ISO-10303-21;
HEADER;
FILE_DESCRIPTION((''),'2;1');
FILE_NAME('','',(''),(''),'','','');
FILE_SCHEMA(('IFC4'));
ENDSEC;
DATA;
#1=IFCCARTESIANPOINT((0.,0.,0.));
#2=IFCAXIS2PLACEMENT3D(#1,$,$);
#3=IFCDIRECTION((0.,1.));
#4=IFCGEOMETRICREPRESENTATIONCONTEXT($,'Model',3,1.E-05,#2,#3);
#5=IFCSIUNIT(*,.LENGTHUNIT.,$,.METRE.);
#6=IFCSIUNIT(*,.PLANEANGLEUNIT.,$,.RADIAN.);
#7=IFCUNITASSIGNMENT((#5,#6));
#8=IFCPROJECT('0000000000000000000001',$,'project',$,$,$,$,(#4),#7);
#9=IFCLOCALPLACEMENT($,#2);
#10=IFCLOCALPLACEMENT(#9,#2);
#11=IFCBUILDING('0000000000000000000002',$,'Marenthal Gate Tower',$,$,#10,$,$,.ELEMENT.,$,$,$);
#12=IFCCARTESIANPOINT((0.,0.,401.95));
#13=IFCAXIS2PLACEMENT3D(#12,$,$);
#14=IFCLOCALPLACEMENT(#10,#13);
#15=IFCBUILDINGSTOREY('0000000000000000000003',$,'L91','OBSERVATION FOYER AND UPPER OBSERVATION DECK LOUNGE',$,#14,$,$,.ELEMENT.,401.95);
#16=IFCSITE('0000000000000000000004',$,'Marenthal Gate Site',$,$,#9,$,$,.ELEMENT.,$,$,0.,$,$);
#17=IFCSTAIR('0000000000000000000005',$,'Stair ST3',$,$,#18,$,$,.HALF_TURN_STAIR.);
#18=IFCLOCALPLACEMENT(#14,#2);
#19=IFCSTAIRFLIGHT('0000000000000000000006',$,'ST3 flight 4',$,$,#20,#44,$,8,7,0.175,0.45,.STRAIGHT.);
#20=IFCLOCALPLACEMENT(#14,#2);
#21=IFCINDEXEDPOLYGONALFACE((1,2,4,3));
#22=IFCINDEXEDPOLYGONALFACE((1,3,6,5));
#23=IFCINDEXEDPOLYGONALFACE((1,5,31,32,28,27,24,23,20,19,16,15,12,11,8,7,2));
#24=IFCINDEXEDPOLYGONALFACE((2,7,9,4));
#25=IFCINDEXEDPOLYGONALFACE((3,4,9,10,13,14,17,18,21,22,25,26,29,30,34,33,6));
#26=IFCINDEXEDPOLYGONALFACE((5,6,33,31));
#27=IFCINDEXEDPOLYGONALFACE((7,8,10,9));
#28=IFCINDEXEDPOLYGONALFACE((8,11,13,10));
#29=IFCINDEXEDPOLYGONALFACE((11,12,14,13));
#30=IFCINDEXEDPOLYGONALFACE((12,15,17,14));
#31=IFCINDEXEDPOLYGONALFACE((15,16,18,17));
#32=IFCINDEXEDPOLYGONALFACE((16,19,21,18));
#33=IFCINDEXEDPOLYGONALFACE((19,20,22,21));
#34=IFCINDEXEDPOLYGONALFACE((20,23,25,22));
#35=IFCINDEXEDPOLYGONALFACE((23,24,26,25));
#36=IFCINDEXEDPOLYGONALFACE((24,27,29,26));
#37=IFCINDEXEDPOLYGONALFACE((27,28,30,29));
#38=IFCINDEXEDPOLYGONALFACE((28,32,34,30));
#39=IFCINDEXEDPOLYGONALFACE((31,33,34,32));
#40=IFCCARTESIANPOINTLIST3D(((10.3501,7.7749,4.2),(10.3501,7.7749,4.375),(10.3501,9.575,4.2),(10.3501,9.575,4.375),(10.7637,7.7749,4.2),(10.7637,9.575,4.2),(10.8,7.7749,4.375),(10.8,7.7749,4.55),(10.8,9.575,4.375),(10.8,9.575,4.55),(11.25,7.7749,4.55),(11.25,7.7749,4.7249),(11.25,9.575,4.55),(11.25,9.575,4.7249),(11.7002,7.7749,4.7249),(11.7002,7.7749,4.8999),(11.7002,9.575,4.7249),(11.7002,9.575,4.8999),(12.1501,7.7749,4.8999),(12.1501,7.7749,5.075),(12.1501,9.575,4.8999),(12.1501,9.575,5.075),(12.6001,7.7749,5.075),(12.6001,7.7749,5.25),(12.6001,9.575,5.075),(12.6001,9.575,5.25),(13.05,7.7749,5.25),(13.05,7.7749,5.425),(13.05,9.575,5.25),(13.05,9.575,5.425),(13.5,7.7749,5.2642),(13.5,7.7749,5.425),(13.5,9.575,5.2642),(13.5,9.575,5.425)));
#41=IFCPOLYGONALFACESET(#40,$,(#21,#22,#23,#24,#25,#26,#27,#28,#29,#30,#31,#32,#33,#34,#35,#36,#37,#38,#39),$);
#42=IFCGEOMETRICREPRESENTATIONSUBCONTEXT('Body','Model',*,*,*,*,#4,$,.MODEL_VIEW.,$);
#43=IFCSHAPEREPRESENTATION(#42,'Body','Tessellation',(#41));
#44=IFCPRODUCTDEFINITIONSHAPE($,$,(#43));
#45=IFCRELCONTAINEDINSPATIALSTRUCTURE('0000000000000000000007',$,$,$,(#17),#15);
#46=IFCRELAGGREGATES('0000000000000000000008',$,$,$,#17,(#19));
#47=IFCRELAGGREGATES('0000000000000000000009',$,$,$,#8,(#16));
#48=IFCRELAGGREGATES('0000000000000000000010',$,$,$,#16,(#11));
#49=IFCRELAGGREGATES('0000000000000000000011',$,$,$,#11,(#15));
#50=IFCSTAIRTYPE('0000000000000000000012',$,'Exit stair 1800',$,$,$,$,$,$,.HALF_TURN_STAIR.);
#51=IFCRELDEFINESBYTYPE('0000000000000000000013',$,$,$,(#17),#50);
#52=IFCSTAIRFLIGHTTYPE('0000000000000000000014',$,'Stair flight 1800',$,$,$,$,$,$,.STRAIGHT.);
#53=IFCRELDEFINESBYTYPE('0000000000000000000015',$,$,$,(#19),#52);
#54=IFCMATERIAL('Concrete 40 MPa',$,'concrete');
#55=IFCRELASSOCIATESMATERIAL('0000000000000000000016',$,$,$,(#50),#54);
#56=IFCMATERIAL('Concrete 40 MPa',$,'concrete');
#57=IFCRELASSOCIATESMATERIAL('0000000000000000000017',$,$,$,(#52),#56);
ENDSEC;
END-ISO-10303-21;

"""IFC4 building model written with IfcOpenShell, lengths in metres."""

from ifc_helpers import new_model, si_unit, direction, frame, origin, place, context, subcontext, project, spatial, polyline, outline, extrude, material, type_object, element, aggregate, save


model = new_model("IFC4")

# Units and contexts
model_context = context("Model", 3, precision=1e-05, world=origin(), true_north=direction((0.0, 1.0)))
body_context = subcontext(model_context, "Body", "Model", "MODEL_VIEW")
ifc_project = project(units=[si_unit("LENGTHUNIT", "METRE"), si_unit("PLANEANGLEUNIT", "RADIAN")], contexts=[model_context])

# Site, building, storey
site_placement = place(None, origin())
site = spatial("IfcSite", under=ifc_project, at=site_placement, Name="Marenthal Gate Site", CompositionType="ELEMENT", RefElevation=0.0)
building_placement = place(site_placement, origin())
building = spatial("IfcBuilding", under=site, at=building_placement, Name="Marenthal Gate Tower", CompositionType="ELEMENT")
storey_placement = place(building_placement, frame((0.0, 0.0, 401.95)))
storey = spatial("IfcBuildingStorey", under=building, at=storey_placement, Name="L91", Description="OBSERVATION FOYER AND UPPER OBSERVATION DECK LOUNGE", CompositionType="ELEMENT", Elevation=401.95)

# Stair, stair flight
ifc_material_1 = material(Name="Concrete 40 MPa", Category="concrete")
stair_type = type_object("IfcStairType", Name="Exit stair 1800", PredefinedType="HALF_TURN_STAIR", material=ifc_material_1)
stair_placement = place(storey_placement, origin())
stair = element("IfcStair", 1, at=stair_placement, inside=storey, type_object=stair_type, Name="Stair ST3", PredefinedType="HALF_TURN_STAIR")
ifc_material_2 = material(Name="Concrete 40 MPa", Category="concrete")
stair_flight_type = type_object("IfcStairFlightType", Name="Stair flight 1800", PredefinedType="STRAIGHT", material=ifc_material_2)
stair_flight_1_placement = place(storey_placement, frame((10.3501, 8.675, 4.2), z_axis=(0.0, 0.0, 1.0), x_axis=(1.0, 0.0, 0.0)))
stair_flight_1 = element("IfcStairFlight", 2, at=stair_flight_1_placement, type_object=stair_flight_type, Name="ST3 flight 4", NumberOfRisers=8, NumberOfTreads=7, PredefinedType="STRAIGHT", RiserHeight=0.175, TreadLength=0.45, context=body_context, shape_type="SweptSolid", body=[
    extrude(outline(polyline([(0.0, 0.0), (0.0, 0.175), (0.45, 0.175), (0.45, 0.3501), (0.8999, 0.3501), (0.8999, 0.5249), (1.3501, 0.5249), (1.3501, 0.7), (1.8, 0.7), (1.8, 0.875), (2.25, 0.875), (2.25, 1.05), (2.7, 1.05), (2.7, 1.2251), (3.1499, 1.2251), (3.1499, 1.3999), (3.1499, 1.0642), (0.4136, 0.0), (0.0, 0.0)])), frame((0.0, 0.8999, 0.0), z_axis=(0.0, -1.0, 0.0), x_axis=(1.0, 0.0, 0.0)), (0.0, 0.0, 1.0), 1.8),
])
aggregate(stair, [stair_flight_1])

save(model, "model.ifc")
